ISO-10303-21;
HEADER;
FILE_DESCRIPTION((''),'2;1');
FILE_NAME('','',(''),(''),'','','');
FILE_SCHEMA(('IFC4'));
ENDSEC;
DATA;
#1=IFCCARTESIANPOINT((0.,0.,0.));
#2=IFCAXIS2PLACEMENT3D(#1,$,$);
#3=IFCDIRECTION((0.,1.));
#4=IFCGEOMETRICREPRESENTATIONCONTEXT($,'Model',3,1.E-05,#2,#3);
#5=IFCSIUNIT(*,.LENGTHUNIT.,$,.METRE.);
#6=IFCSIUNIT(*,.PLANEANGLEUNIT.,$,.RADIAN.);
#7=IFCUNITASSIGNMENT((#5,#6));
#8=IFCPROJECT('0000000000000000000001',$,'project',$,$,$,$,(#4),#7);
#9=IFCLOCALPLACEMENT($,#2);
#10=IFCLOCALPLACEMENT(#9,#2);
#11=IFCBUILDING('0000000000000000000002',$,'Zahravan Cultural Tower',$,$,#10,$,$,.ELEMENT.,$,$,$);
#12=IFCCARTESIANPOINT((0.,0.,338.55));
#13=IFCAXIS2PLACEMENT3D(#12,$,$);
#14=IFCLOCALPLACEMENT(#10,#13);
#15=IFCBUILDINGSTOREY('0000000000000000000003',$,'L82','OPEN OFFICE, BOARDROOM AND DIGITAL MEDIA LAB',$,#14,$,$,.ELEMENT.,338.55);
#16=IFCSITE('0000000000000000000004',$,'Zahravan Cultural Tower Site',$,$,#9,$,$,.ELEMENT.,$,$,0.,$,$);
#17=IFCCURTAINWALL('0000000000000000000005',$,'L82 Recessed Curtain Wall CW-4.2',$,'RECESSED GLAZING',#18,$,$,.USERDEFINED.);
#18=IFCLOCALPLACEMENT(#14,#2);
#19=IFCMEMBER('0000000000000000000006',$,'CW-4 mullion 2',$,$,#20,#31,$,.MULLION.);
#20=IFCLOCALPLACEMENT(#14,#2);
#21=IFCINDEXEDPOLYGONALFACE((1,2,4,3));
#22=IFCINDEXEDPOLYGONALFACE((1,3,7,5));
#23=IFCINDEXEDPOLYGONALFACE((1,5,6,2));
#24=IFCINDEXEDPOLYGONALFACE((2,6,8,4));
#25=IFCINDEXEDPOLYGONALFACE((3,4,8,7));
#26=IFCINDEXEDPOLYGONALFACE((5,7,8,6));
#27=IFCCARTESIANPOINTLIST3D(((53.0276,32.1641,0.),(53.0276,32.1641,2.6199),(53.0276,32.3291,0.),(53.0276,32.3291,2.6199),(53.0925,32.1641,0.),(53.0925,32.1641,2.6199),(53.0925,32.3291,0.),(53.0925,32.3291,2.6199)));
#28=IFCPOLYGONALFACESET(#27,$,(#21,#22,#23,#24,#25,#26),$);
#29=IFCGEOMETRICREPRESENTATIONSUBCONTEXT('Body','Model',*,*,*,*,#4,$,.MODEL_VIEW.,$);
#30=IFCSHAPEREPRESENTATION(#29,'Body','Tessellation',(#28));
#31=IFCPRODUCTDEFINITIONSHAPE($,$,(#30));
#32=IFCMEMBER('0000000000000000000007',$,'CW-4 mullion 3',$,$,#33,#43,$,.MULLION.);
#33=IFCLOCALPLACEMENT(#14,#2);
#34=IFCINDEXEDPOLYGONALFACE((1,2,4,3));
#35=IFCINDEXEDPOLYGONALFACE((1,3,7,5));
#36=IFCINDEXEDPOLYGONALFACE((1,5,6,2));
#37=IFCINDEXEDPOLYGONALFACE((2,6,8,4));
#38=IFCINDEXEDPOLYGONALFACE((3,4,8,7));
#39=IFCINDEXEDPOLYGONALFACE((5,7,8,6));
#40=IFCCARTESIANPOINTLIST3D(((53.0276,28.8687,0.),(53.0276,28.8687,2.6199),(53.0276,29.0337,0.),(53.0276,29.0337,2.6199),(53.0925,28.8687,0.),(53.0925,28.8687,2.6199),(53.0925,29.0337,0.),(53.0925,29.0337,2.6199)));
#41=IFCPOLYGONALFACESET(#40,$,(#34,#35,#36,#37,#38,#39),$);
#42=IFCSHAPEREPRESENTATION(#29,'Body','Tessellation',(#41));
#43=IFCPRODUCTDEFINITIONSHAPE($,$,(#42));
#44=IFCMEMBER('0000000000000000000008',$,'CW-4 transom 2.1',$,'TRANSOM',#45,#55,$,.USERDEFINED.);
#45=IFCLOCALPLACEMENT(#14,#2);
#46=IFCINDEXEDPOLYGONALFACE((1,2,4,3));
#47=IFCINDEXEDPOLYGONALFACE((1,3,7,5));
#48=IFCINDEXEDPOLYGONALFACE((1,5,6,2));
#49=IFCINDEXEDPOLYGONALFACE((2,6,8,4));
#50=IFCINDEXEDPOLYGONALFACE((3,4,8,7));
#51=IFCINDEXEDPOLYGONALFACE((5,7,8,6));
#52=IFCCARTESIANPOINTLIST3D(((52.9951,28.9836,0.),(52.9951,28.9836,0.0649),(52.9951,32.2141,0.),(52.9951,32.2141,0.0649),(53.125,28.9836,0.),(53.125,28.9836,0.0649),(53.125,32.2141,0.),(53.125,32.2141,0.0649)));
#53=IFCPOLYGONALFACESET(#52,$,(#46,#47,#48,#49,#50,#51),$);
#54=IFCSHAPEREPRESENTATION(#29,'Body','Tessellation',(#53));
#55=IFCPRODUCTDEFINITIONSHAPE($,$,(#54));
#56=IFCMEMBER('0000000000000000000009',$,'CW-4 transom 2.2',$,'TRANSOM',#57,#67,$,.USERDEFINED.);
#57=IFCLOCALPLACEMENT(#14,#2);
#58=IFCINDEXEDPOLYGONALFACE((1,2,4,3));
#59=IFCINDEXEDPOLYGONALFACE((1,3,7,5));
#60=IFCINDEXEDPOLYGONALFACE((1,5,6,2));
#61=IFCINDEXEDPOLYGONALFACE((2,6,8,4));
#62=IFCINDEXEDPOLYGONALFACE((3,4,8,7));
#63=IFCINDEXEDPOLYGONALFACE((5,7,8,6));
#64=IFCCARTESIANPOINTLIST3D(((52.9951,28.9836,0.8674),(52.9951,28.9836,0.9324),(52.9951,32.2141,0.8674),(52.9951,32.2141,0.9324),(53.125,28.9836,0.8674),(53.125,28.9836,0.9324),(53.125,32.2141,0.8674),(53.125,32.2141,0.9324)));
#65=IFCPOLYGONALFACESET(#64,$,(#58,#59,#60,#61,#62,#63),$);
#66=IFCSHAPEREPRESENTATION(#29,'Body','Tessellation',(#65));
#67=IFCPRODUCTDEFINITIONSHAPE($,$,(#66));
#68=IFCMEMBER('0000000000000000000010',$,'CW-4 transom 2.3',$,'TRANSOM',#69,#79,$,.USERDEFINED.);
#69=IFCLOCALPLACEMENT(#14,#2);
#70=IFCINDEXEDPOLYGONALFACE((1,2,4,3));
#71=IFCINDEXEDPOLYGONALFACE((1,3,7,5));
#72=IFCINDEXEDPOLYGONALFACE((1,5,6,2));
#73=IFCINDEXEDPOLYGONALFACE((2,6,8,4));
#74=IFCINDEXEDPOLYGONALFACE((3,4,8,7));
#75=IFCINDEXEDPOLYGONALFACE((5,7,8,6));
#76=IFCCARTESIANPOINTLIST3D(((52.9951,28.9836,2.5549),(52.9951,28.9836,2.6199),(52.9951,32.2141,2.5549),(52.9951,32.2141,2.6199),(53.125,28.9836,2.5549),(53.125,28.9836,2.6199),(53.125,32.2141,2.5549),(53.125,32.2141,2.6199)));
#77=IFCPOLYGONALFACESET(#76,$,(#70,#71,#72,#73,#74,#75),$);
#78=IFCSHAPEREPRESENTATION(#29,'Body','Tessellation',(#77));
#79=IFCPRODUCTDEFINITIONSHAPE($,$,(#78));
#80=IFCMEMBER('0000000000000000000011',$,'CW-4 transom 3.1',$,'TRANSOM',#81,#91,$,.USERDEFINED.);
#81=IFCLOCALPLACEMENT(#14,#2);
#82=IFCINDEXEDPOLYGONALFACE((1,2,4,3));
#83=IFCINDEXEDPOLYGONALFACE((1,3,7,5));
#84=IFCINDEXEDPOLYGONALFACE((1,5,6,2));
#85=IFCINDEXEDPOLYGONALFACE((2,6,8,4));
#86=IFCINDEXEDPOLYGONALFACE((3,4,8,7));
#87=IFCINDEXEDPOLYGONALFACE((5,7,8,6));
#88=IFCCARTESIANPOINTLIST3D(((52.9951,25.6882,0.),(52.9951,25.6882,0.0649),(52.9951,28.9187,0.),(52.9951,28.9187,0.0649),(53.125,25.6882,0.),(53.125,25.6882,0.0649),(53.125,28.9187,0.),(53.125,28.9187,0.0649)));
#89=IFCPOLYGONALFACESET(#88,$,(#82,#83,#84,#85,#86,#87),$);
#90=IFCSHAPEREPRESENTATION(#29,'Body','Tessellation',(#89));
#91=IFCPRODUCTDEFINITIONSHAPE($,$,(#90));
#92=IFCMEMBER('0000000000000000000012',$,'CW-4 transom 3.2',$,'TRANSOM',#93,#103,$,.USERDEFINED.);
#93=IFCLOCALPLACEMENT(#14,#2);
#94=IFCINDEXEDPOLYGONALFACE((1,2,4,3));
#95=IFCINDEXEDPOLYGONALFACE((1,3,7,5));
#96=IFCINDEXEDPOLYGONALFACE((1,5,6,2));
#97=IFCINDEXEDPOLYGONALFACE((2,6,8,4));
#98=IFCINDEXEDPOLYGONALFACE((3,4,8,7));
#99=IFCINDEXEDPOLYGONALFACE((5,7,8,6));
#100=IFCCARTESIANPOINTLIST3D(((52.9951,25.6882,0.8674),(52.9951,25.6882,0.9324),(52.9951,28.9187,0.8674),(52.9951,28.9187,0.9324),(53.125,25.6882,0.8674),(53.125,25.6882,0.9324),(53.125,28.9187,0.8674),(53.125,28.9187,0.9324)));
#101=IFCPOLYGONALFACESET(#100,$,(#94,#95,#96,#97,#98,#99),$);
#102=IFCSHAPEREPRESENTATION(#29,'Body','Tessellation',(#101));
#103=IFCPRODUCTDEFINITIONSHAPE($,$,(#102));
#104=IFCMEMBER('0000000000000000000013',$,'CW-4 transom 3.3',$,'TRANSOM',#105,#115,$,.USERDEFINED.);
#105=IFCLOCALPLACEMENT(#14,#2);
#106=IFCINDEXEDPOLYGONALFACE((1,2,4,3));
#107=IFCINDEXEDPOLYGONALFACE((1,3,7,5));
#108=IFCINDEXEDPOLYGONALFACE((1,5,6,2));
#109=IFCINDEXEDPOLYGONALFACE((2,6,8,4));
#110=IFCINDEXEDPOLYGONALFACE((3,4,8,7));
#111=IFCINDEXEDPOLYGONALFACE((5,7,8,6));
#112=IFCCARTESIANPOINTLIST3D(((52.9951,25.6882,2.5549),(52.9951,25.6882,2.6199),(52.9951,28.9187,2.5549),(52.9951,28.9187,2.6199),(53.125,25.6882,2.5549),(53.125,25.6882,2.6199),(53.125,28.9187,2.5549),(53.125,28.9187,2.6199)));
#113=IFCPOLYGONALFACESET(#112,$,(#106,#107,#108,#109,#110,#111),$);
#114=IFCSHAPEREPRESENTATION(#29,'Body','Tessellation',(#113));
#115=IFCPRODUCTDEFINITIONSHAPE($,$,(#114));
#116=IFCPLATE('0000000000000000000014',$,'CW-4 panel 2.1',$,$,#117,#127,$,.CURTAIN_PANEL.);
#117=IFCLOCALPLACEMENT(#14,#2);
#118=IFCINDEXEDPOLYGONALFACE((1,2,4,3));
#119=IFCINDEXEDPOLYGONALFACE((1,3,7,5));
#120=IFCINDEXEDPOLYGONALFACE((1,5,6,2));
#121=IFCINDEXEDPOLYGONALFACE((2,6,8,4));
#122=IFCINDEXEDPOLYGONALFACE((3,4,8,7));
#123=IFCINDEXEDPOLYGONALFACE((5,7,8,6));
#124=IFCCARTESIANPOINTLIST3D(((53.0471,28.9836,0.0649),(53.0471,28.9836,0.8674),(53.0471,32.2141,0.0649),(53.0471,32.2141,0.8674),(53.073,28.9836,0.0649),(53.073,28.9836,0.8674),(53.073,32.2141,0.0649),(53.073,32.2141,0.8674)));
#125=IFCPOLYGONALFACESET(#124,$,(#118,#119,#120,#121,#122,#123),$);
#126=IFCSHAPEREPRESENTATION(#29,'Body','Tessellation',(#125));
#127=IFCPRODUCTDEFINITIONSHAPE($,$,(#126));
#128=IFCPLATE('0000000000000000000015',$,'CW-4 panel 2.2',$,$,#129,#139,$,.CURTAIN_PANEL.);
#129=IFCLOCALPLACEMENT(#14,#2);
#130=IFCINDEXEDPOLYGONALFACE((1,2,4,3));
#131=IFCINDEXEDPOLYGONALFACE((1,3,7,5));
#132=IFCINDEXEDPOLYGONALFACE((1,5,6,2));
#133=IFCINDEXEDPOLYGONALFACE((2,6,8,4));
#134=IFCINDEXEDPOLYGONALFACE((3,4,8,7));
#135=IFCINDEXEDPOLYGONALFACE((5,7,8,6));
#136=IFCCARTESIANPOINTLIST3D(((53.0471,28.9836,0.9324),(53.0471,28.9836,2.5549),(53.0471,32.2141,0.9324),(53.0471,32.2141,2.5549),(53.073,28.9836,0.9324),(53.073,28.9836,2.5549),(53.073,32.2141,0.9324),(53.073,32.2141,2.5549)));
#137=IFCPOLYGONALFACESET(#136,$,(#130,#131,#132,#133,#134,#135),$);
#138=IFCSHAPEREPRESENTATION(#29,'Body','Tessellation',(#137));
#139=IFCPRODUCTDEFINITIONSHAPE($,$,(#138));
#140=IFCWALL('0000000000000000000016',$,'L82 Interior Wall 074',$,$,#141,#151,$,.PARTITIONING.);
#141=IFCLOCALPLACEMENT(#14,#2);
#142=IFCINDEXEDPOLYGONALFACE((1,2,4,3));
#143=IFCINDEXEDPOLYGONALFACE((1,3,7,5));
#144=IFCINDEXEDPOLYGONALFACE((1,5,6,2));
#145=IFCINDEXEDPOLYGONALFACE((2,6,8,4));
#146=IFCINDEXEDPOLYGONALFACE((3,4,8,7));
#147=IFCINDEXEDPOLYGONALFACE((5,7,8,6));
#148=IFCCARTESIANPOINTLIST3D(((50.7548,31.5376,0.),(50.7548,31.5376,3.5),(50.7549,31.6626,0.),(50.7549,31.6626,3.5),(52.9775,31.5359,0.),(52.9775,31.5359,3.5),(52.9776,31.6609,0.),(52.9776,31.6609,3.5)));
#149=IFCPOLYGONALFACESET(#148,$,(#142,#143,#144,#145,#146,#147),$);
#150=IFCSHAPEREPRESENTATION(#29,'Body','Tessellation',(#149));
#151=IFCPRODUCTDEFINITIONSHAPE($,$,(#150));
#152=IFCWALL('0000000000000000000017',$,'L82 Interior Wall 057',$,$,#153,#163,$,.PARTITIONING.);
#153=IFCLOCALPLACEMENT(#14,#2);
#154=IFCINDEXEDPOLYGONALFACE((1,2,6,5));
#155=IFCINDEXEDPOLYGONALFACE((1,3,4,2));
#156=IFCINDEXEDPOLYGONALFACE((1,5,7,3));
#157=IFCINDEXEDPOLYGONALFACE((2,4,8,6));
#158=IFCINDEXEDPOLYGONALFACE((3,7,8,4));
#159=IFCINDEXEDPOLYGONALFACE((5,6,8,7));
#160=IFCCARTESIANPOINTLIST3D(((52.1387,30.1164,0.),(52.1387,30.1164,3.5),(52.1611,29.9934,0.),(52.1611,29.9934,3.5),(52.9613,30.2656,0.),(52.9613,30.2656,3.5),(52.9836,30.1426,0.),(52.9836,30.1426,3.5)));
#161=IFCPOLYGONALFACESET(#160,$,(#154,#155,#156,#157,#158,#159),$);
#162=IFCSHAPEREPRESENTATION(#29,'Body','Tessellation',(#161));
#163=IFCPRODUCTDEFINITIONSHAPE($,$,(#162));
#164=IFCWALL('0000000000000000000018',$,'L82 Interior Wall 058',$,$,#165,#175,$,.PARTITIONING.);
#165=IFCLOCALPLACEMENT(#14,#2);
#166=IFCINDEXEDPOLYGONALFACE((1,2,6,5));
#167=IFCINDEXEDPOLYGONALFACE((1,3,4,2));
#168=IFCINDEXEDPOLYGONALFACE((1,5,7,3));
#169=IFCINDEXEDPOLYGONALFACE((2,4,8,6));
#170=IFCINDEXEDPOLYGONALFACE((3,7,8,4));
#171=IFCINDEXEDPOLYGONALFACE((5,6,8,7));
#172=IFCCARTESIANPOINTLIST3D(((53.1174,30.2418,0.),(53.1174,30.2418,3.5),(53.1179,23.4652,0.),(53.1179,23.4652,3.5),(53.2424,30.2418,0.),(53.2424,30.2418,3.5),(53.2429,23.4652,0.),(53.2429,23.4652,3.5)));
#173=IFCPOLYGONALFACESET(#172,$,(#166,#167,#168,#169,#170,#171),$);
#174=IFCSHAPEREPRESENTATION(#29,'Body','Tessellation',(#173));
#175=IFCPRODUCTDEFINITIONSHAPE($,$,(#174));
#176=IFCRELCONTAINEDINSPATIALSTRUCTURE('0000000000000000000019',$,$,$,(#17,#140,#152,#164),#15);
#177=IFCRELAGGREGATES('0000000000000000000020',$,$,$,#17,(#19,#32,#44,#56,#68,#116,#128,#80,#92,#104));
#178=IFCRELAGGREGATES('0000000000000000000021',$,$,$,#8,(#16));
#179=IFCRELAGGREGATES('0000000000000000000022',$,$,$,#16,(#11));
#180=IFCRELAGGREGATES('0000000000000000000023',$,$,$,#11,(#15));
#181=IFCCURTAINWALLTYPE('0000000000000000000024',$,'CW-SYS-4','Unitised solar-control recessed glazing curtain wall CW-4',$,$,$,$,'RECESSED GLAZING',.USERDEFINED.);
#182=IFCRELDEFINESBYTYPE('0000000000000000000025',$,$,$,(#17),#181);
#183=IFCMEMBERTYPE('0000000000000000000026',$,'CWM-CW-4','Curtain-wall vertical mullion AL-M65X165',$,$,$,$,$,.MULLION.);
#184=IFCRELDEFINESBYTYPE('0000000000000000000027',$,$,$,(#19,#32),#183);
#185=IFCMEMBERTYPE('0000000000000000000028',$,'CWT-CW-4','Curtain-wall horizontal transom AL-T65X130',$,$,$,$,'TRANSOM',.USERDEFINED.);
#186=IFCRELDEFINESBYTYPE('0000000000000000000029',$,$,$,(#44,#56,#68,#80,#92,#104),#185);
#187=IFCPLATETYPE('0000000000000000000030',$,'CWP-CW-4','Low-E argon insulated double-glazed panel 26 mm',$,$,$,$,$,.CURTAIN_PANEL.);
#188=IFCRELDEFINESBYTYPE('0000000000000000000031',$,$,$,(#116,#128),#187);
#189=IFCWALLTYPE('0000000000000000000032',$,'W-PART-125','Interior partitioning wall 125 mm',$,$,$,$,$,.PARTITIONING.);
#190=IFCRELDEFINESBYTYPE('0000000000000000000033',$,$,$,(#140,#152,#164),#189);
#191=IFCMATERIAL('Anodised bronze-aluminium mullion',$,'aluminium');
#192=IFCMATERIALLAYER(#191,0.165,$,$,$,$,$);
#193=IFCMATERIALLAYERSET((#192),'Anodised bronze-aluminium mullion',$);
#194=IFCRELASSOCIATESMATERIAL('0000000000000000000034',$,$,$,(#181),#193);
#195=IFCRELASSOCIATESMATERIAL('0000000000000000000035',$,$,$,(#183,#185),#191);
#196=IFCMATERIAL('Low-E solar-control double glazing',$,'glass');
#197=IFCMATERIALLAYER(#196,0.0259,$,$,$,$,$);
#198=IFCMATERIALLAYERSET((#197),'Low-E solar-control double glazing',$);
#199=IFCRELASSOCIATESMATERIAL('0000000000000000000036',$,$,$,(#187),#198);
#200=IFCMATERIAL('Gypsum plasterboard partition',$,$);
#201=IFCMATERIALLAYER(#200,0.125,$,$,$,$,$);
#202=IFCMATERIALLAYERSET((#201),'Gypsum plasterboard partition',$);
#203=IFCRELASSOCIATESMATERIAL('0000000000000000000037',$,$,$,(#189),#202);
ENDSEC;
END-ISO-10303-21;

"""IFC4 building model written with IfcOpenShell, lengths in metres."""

from ifc_helpers import new_model, si_unit, direction, frame, frame_2d, origin, origin_2d, place, context, subcontext, project, spatial, rectangle, extrude, source, transform, mapped, material, layer, layer_set, material_profile, profile_set, type_object, element, aggregate, save


model = new_model("IFC4")

# Units and contexts
model_context = context("Model", 3, precision=1e-05, world=origin(), true_north=direction((0.0, 1.0)))
body_context = subcontext(model_context, "Body", "Model", "MODEL_VIEW")
ifc_project = project(units=[si_unit("LENGTHUNIT", "METRE"), si_unit("PLANEANGLEUNIT", "RADIAN")], contexts=[model_context])

# Site, building, storey
site_placement = place(None, origin())
site = spatial("IfcSite", under=ifc_project, at=site_placement, Name="Zahravan Cultural Tower Site", CompositionType="ELEMENT", RefElevation=0.0)
building_placement = place(site_placement, origin())
building = spatial("IfcBuilding", under=site, at=building_placement, Name="Zahravan Cultural Tower", CompositionType="ELEMENT")
storey_placement = place(building_placement, frame((0.0, 0.0, 338.55)))
storey = spatial("IfcBuildingStorey", under=building, at=storey_placement, Name="L82", Description="OPEN OFFICE, BOARDROOM AND DIGITAL MEDIA LAB", CompositionType="ELEMENT", Elevation=338.55)

# Curtain wall, members, plates
ifc_material_1 = material(Name="Anodised bronze-aluminium mullion", Category="aluminium")
ifc_layer_1 = layer(ifc_material_1, 0.165)
ifc_layer_set_1 = layer_set([ifc_layer_1], Name="Anodised bronze-aluminium mullion")
curtain_wall_type = type_object("IfcCurtainWallType", Name="CW-SYS-4", Description="Unitised solar-control recessed glazing curtain wall CW-4", ElementType="RECESSED GLAZING", PredefinedType="USERDEFINED", material=ifc_layer_set_1)
curtain_wall_placement = place(storey_placement, origin())
curtain_wall = element("IfcCurtainWall", 1, at=curtain_wall_placement, inside=storey, type_object=curtain_wall_type, Name="L82 Recessed Curtain Wall CW-4.2", ObjectType="RECESSED GLAZING", PredefinedType="USERDEFINED")
ifc_material_profile_1 = material_profile(ifc_material_1, rectangle(XDim=0.0649, YDim=0.165, at=origin_2d()), Name="AL-M65X165")
ifc_profile_set_1 = profile_set([ifc_material_profile_1], Name="Anodised bronze-aluminium mullion")
member_type_1 = type_object("IfcMemberType", Name="CWM-CW-4", Description="Curtain-wall vertical mullion AL-M65X165", PredefinedType="MULLION", material=ifc_profile_set_1)
shared_shape_1 = source(origin(), body_context, "Body", "SweptSolid", [
    extrude(rectangle(XDim=0.0649, YDim=0.165, at=origin_2d()), origin(), (0.0, 0.0, 1.0), 2.6199),
])
member_1_placement = place(storey_placement, frame((53.0601, 32.2466, 0.0), z_axis=(0.0, 0.0, 1.0), x_axis=(1.0, 0.0, 0.0)))
member_1 = element("IfcMember", 2, at=member_1_placement, type_object=member_type_1, Name="CW-4 mullion 2", PredefinedType="MULLION", context=body_context, shape_type="MappedRepresentation", body=[
    mapped(shared_shape_1, transform((0.0, 0.0, 0.0), x_axis=(1.0, 0.0, 0.0), y_axis=(0.0, 1.0, 0.0), z_axis=(0.0, 0.0, 1.0), scale=1.0)),
])
member_2_placement = place(storey_placement, frame((53.0601, 28.9512, 0.0), z_axis=(0.0, 0.0, 1.0), x_axis=(1.0, 0.0, 0.0)))
member_2 = element("IfcMember", 3, at=member_2_placement, type_object=member_type_1, Name="CW-4 mullion 3", PredefinedType="MULLION", context=body_context, shape_type="MappedRepresentation", body=[
    mapped(shared_shape_1, transform((0.0, 0.0, 0.0), x_axis=(1.0, 0.0, 0.0), y_axis=(0.0, 1.0, 0.0), z_axis=(0.0, 0.0, 1.0), scale=1.0)),
])
ifc_material_profile_2 = material_profile(ifc_material_1, rectangle(XDim=0.1299, YDim=0.0649, at=origin_2d()), Name="AL-T65X130")
ifc_profile_set_2 = profile_set([ifc_material_profile_2], Name="Anodised bronze-aluminium mullion")
member_type_2 = type_object("IfcMemberType", Name="CWT-CW-4", Description="Curtain-wall horizontal transom AL-T65X130", ElementType="TRANSOM", PredefinedType="USERDEFINED", material=ifc_profile_set_2)
shared_shape_2 = source(origin(), body_context, "Body", "SweptSolid", [
    extrude(rectangle(XDim=0.1299, YDim=0.0649, at=origin_2d()), origin(), (0.0, 0.0, 1.0), 3.2305),
])
member_3_placement = place(storey_placement, frame((53.0601, 32.2141, 0.0325), z_axis=(0.0, -1.0, 0.0), x_axis=(1.0, 0.0, 0.0)))
member_3 = element("IfcMember", 4, at=member_3_placement, type_object=member_type_2, Name="CW-4 transom 2.1", ObjectType="TRANSOM", PredefinedType="USERDEFINED", context=body_context, shape_type="MappedRepresentation", body=[
    mapped(shared_shape_2, transform((0.0, 0.0, 0.0), x_axis=(1.0, 0.0, 0.0), y_axis=(0.0, 1.0, 0.0), z_axis=(0.0, 0.0, 1.0), scale=1.0)),
])
member_4_placement = place(storey_placement, frame((53.0601, 32.2141, 0.8999), z_axis=(0.0, -1.0, 0.0), x_axis=(1.0, 0.0, 0.0)))
member_4 = element("IfcMember", 5, at=member_4_placement, type_object=member_type_2, Name="CW-4 transom 2.2", ObjectType="TRANSOM", PredefinedType="USERDEFINED", context=body_context, shape_type="MappedRepresentation", body=[
    mapped(shared_shape_2, transform((0.0, 0.0, 0.0), x_axis=(1.0, 0.0, 0.0), y_axis=(0.0, 1.0, 0.0), z_axis=(0.0, 0.0, 1.0), scale=1.0)),
])
member_5_placement = place(storey_placement, frame((53.0601, 32.2141, 2.5874), z_axis=(0.0, -1.0, 0.0), x_axis=(1.0, 0.0, 0.0)))
member_5 = element("IfcMember", 6, at=member_5_placement, type_object=member_type_2, Name="CW-4 transom 2.3", ObjectType="TRANSOM", PredefinedType="USERDEFINED", context=body_context, shape_type="MappedRepresentation", body=[
    mapped(shared_shape_2, transform((0.0, 0.0, 0.0), x_axis=(1.0, 0.0, 0.0), y_axis=(0.0, 1.0, 0.0), z_axis=(0.0, 0.0, 1.0), scale=1.0)),
])
member_6_placement = place(storey_placement, frame((53.0601, 28.9187, 0.0325), z_axis=(0.0, -1.0, 0.0), x_axis=(1.0, 0.0, 0.0)))
member_6 = element("IfcMember", 7, at=member_6_placement, type_object=member_type_2, Name="CW-4 transom 3.1", ObjectType="TRANSOM", PredefinedType="USERDEFINED", context=body_context, shape_type="MappedRepresentation", body=[
    mapped(shared_shape_2, transform((0.0, 0.0, 0.0), x_axis=(1.0, 0.0, 0.0), y_axis=(0.0, 1.0, 0.0), z_axis=(0.0, 0.0, 1.0), scale=1.0)),
])
member_7_placement = place(storey_placement, frame((53.0601, 28.9187, 0.8999), z_axis=(0.0, -1.0, 0.0), x_axis=(1.0, 0.0, 0.0)))
member_7 = element("IfcMember", 8, at=member_7_placement, type_object=member_type_2, Name="CW-4 transom 3.2", ObjectType="TRANSOM", PredefinedType="USERDEFINED", context=body_context, shape_type="MappedRepresentation", body=[
    mapped(shared_shape_2, transform((0.0, 0.0, 0.0), x_axis=(1.0, 0.0, 0.0), y_axis=(0.0, 1.0, 0.0), z_axis=(0.0, 0.0, 1.0), scale=1.0)),
])
member_8_placement = place(storey_placement, frame((53.0601, 28.9187, 2.5874), z_axis=(0.0, -1.0, 0.0), x_axis=(1.0, 0.0, 0.0)))
member_8 = element("IfcMember", 9, at=member_8_placement, type_object=member_type_2, Name="CW-4 transom 3.3", ObjectType="TRANSOM", PredefinedType="USERDEFINED", context=body_context, shape_type="MappedRepresentation", body=[
    mapped(shared_shape_2, transform((0.0, 0.0, 0.0), x_axis=(1.0, 0.0, 0.0), y_axis=(0.0, 1.0, 0.0), z_axis=(0.0, 0.0, 1.0), scale=1.0)),
])
ifc_material_2 = material(Name="Low-E solar-control double glazing", Category="glass")
ifc_layer_2 = layer(ifc_material_2, 0.0259)
ifc_layer_set_2 = layer_set([ifc_layer_2], Name="Low-E solar-control double glazing")
plate_type = type_object("IfcPlateType", Name="CWP-CW-4", Description="Low-E argon insulated double-glazed panel 26 mm", PredefinedType="CURTAIN_PANEL", material=ifc_layer_set_2)
shared_shape_3 = source(origin(), body_context, "Body", "SweptSolid", [
    extrude(rectangle(XDim=3.2305, YDim=0.0259, at=origin_2d()), origin(), (0.0, 0.0, 1.0), 0.8025),
])
plate_1_placement = place(storey_placement, frame((53.0601, 30.5989, 0.0649), z_axis=(0.0, 0.0, 1.0), x_axis=(0.0, -1.0, 0.0)))
plate_1 = element("IfcPlate", 10, at=plate_1_placement, type_object=plate_type, Name="CW-4 panel 2.1", PredefinedType="CURTAIN_PANEL", context=body_context, shape_type="MappedRepresentation", body=[
    mapped(shared_shape_3, transform((0.0, 0.0, 0.0), x_axis=(1.0, 0.0, 0.0), y_axis=(0.0, 1.0, 0.0), z_axis=(0.0, 0.0, 1.0), scale=1.0)),
])
shared_shape_4 = source(origin(), body_context, "Body", "SweptSolid", [
    extrude(rectangle(XDim=3.2305, YDim=0.0259, at=origin_2d()), origin(), (0.0, 0.0, 1.0), 1.6226),
])
plate_2_placement = place(storey_placement, frame((53.0601, 30.5989, 0.9324), z_axis=(0.0, 0.0, 1.0), x_axis=(0.0, -1.0, 0.0)))
plate_2 = element("IfcPlate", 11, at=plate_2_placement, type_object=plate_type, Name="CW-4 panel 2.2", PredefinedType="CURTAIN_PANEL", context=body_context, shape_type="MappedRepresentation", body=[
    mapped(shared_shape_4, transform((0.0, 0.0, 0.0), x_axis=(1.0, 0.0, 0.0), y_axis=(0.0, 1.0, 0.0), z_axis=(0.0, 0.0, 1.0), scale=1.0)),
])
aggregate(curtain_wall, [member_1, member_2, member_3, member_4, member_5, plate_1, plate_2, member_6, member_7, member_8])

# Shared definitions
ifc_material_3 = material(Name="Gypsum plasterboard partition")
ifc_layer_3 = layer(ifc_material_3, 0.125)
ifc_layer_set_3 = layer_set([ifc_layer_3], Name="Gypsum plasterboard partition")
wall_type = type_object("IfcWallType", Name="W-PART-125", Description="Interior partitioning wall 125 mm", PredefinedType="PARTITIONING", material=ifc_layer_set_3)

# Walls
shared_shape_5 = source(origin(), body_context, "Body", "SweptSolid", [
    extrude(rectangle(XDim=2.2227, YDim=0.125, at=frame_2d((1.1113, 0.0))), origin(), (0.0, 0.0, 1.0), 3.5),
])
wall_1_placement = place(storey_placement, frame((52.9775, 31.5984, 0.0), z_axis=(0.0, 0.0, 1.0), x_axis=(-1.0, 0.000769, 0.0)))
element("IfcWall", 12, at=wall_1_placement, inside=storey, type_object=wall_type, Name="L82 Interior Wall 074", PredefinedType="PARTITIONING", context=body_context, shape_type="MappedRepresentation", body=[
    mapped(shared_shape_5, transform((0.0, 0.0, 0.0), x_axis=(1.0, 0.0, 0.0), y_axis=(0.0, 1.0, 0.0), z_axis=(0.0, 0.0, 1.0), scale=1.0)),
])
shared_shape_6 = source(origin(), body_context, "Body", "SweptSolid", [
    extrude(rectangle(XDim=0.8359, YDim=0.125, at=frame_2d((0.418, 0.0))), origin(), (0.0, 0.0, 1.0), 3.5),
])
wall_2_placement = place(storey_placement, frame((52.1499, 30.0549, 0.0), z_axis=(0.0, 0.0, 1.0), x_axis=(0.983949, 0.178448, 0.0)))
element("IfcWall", 13, at=wall_2_placement, inside=storey, type_object=wall_type, Name="L82 Interior Wall 057", PredefinedType="PARTITIONING", context=body_context, shape_type="MappedRepresentation", body=[
    mapped(shared_shape_6, transform((0.0, 0.0, 0.0), x_axis=(1.0, 0.0, 0.0), y_axis=(0.0, 1.0, 0.0), z_axis=(0.0, 0.0, 1.0), scale=1.0)),
])
shared_shape_7 = source(origin(), body_context, "Body", "SweptSolid", [
    extrude(rectangle(XDim=6.7766, YDim=0.125, at=frame_2d((3.3882, 0.0))), origin(), (0.0, 0.0, 1.0), 3.5),
])
wall_3_placement = place(storey_placement, frame((53.1799, 30.2417, 0.0), z_axis=(0.0, 0.0, 1.0), x_axis=(0.000072, -1.0, 0.0)))
element("IfcWall", 14, at=wall_3_placement, inside=storey, type_object=wall_type, Name="L82 Interior Wall 058", PredefinedType="PARTITIONING", context=body_context, shape_type="MappedRepresentation", body=[
    mapped(shared_shape_7, transform((0.0, 0.0, 0.0), x_axis=(1.0, 0.0, 0.0), y_axis=(0.0, 1.0, 0.0), z_axis=(0.0, 0.0, 1.0), scale=1.0)),
])

save(model, "model.ifc")
